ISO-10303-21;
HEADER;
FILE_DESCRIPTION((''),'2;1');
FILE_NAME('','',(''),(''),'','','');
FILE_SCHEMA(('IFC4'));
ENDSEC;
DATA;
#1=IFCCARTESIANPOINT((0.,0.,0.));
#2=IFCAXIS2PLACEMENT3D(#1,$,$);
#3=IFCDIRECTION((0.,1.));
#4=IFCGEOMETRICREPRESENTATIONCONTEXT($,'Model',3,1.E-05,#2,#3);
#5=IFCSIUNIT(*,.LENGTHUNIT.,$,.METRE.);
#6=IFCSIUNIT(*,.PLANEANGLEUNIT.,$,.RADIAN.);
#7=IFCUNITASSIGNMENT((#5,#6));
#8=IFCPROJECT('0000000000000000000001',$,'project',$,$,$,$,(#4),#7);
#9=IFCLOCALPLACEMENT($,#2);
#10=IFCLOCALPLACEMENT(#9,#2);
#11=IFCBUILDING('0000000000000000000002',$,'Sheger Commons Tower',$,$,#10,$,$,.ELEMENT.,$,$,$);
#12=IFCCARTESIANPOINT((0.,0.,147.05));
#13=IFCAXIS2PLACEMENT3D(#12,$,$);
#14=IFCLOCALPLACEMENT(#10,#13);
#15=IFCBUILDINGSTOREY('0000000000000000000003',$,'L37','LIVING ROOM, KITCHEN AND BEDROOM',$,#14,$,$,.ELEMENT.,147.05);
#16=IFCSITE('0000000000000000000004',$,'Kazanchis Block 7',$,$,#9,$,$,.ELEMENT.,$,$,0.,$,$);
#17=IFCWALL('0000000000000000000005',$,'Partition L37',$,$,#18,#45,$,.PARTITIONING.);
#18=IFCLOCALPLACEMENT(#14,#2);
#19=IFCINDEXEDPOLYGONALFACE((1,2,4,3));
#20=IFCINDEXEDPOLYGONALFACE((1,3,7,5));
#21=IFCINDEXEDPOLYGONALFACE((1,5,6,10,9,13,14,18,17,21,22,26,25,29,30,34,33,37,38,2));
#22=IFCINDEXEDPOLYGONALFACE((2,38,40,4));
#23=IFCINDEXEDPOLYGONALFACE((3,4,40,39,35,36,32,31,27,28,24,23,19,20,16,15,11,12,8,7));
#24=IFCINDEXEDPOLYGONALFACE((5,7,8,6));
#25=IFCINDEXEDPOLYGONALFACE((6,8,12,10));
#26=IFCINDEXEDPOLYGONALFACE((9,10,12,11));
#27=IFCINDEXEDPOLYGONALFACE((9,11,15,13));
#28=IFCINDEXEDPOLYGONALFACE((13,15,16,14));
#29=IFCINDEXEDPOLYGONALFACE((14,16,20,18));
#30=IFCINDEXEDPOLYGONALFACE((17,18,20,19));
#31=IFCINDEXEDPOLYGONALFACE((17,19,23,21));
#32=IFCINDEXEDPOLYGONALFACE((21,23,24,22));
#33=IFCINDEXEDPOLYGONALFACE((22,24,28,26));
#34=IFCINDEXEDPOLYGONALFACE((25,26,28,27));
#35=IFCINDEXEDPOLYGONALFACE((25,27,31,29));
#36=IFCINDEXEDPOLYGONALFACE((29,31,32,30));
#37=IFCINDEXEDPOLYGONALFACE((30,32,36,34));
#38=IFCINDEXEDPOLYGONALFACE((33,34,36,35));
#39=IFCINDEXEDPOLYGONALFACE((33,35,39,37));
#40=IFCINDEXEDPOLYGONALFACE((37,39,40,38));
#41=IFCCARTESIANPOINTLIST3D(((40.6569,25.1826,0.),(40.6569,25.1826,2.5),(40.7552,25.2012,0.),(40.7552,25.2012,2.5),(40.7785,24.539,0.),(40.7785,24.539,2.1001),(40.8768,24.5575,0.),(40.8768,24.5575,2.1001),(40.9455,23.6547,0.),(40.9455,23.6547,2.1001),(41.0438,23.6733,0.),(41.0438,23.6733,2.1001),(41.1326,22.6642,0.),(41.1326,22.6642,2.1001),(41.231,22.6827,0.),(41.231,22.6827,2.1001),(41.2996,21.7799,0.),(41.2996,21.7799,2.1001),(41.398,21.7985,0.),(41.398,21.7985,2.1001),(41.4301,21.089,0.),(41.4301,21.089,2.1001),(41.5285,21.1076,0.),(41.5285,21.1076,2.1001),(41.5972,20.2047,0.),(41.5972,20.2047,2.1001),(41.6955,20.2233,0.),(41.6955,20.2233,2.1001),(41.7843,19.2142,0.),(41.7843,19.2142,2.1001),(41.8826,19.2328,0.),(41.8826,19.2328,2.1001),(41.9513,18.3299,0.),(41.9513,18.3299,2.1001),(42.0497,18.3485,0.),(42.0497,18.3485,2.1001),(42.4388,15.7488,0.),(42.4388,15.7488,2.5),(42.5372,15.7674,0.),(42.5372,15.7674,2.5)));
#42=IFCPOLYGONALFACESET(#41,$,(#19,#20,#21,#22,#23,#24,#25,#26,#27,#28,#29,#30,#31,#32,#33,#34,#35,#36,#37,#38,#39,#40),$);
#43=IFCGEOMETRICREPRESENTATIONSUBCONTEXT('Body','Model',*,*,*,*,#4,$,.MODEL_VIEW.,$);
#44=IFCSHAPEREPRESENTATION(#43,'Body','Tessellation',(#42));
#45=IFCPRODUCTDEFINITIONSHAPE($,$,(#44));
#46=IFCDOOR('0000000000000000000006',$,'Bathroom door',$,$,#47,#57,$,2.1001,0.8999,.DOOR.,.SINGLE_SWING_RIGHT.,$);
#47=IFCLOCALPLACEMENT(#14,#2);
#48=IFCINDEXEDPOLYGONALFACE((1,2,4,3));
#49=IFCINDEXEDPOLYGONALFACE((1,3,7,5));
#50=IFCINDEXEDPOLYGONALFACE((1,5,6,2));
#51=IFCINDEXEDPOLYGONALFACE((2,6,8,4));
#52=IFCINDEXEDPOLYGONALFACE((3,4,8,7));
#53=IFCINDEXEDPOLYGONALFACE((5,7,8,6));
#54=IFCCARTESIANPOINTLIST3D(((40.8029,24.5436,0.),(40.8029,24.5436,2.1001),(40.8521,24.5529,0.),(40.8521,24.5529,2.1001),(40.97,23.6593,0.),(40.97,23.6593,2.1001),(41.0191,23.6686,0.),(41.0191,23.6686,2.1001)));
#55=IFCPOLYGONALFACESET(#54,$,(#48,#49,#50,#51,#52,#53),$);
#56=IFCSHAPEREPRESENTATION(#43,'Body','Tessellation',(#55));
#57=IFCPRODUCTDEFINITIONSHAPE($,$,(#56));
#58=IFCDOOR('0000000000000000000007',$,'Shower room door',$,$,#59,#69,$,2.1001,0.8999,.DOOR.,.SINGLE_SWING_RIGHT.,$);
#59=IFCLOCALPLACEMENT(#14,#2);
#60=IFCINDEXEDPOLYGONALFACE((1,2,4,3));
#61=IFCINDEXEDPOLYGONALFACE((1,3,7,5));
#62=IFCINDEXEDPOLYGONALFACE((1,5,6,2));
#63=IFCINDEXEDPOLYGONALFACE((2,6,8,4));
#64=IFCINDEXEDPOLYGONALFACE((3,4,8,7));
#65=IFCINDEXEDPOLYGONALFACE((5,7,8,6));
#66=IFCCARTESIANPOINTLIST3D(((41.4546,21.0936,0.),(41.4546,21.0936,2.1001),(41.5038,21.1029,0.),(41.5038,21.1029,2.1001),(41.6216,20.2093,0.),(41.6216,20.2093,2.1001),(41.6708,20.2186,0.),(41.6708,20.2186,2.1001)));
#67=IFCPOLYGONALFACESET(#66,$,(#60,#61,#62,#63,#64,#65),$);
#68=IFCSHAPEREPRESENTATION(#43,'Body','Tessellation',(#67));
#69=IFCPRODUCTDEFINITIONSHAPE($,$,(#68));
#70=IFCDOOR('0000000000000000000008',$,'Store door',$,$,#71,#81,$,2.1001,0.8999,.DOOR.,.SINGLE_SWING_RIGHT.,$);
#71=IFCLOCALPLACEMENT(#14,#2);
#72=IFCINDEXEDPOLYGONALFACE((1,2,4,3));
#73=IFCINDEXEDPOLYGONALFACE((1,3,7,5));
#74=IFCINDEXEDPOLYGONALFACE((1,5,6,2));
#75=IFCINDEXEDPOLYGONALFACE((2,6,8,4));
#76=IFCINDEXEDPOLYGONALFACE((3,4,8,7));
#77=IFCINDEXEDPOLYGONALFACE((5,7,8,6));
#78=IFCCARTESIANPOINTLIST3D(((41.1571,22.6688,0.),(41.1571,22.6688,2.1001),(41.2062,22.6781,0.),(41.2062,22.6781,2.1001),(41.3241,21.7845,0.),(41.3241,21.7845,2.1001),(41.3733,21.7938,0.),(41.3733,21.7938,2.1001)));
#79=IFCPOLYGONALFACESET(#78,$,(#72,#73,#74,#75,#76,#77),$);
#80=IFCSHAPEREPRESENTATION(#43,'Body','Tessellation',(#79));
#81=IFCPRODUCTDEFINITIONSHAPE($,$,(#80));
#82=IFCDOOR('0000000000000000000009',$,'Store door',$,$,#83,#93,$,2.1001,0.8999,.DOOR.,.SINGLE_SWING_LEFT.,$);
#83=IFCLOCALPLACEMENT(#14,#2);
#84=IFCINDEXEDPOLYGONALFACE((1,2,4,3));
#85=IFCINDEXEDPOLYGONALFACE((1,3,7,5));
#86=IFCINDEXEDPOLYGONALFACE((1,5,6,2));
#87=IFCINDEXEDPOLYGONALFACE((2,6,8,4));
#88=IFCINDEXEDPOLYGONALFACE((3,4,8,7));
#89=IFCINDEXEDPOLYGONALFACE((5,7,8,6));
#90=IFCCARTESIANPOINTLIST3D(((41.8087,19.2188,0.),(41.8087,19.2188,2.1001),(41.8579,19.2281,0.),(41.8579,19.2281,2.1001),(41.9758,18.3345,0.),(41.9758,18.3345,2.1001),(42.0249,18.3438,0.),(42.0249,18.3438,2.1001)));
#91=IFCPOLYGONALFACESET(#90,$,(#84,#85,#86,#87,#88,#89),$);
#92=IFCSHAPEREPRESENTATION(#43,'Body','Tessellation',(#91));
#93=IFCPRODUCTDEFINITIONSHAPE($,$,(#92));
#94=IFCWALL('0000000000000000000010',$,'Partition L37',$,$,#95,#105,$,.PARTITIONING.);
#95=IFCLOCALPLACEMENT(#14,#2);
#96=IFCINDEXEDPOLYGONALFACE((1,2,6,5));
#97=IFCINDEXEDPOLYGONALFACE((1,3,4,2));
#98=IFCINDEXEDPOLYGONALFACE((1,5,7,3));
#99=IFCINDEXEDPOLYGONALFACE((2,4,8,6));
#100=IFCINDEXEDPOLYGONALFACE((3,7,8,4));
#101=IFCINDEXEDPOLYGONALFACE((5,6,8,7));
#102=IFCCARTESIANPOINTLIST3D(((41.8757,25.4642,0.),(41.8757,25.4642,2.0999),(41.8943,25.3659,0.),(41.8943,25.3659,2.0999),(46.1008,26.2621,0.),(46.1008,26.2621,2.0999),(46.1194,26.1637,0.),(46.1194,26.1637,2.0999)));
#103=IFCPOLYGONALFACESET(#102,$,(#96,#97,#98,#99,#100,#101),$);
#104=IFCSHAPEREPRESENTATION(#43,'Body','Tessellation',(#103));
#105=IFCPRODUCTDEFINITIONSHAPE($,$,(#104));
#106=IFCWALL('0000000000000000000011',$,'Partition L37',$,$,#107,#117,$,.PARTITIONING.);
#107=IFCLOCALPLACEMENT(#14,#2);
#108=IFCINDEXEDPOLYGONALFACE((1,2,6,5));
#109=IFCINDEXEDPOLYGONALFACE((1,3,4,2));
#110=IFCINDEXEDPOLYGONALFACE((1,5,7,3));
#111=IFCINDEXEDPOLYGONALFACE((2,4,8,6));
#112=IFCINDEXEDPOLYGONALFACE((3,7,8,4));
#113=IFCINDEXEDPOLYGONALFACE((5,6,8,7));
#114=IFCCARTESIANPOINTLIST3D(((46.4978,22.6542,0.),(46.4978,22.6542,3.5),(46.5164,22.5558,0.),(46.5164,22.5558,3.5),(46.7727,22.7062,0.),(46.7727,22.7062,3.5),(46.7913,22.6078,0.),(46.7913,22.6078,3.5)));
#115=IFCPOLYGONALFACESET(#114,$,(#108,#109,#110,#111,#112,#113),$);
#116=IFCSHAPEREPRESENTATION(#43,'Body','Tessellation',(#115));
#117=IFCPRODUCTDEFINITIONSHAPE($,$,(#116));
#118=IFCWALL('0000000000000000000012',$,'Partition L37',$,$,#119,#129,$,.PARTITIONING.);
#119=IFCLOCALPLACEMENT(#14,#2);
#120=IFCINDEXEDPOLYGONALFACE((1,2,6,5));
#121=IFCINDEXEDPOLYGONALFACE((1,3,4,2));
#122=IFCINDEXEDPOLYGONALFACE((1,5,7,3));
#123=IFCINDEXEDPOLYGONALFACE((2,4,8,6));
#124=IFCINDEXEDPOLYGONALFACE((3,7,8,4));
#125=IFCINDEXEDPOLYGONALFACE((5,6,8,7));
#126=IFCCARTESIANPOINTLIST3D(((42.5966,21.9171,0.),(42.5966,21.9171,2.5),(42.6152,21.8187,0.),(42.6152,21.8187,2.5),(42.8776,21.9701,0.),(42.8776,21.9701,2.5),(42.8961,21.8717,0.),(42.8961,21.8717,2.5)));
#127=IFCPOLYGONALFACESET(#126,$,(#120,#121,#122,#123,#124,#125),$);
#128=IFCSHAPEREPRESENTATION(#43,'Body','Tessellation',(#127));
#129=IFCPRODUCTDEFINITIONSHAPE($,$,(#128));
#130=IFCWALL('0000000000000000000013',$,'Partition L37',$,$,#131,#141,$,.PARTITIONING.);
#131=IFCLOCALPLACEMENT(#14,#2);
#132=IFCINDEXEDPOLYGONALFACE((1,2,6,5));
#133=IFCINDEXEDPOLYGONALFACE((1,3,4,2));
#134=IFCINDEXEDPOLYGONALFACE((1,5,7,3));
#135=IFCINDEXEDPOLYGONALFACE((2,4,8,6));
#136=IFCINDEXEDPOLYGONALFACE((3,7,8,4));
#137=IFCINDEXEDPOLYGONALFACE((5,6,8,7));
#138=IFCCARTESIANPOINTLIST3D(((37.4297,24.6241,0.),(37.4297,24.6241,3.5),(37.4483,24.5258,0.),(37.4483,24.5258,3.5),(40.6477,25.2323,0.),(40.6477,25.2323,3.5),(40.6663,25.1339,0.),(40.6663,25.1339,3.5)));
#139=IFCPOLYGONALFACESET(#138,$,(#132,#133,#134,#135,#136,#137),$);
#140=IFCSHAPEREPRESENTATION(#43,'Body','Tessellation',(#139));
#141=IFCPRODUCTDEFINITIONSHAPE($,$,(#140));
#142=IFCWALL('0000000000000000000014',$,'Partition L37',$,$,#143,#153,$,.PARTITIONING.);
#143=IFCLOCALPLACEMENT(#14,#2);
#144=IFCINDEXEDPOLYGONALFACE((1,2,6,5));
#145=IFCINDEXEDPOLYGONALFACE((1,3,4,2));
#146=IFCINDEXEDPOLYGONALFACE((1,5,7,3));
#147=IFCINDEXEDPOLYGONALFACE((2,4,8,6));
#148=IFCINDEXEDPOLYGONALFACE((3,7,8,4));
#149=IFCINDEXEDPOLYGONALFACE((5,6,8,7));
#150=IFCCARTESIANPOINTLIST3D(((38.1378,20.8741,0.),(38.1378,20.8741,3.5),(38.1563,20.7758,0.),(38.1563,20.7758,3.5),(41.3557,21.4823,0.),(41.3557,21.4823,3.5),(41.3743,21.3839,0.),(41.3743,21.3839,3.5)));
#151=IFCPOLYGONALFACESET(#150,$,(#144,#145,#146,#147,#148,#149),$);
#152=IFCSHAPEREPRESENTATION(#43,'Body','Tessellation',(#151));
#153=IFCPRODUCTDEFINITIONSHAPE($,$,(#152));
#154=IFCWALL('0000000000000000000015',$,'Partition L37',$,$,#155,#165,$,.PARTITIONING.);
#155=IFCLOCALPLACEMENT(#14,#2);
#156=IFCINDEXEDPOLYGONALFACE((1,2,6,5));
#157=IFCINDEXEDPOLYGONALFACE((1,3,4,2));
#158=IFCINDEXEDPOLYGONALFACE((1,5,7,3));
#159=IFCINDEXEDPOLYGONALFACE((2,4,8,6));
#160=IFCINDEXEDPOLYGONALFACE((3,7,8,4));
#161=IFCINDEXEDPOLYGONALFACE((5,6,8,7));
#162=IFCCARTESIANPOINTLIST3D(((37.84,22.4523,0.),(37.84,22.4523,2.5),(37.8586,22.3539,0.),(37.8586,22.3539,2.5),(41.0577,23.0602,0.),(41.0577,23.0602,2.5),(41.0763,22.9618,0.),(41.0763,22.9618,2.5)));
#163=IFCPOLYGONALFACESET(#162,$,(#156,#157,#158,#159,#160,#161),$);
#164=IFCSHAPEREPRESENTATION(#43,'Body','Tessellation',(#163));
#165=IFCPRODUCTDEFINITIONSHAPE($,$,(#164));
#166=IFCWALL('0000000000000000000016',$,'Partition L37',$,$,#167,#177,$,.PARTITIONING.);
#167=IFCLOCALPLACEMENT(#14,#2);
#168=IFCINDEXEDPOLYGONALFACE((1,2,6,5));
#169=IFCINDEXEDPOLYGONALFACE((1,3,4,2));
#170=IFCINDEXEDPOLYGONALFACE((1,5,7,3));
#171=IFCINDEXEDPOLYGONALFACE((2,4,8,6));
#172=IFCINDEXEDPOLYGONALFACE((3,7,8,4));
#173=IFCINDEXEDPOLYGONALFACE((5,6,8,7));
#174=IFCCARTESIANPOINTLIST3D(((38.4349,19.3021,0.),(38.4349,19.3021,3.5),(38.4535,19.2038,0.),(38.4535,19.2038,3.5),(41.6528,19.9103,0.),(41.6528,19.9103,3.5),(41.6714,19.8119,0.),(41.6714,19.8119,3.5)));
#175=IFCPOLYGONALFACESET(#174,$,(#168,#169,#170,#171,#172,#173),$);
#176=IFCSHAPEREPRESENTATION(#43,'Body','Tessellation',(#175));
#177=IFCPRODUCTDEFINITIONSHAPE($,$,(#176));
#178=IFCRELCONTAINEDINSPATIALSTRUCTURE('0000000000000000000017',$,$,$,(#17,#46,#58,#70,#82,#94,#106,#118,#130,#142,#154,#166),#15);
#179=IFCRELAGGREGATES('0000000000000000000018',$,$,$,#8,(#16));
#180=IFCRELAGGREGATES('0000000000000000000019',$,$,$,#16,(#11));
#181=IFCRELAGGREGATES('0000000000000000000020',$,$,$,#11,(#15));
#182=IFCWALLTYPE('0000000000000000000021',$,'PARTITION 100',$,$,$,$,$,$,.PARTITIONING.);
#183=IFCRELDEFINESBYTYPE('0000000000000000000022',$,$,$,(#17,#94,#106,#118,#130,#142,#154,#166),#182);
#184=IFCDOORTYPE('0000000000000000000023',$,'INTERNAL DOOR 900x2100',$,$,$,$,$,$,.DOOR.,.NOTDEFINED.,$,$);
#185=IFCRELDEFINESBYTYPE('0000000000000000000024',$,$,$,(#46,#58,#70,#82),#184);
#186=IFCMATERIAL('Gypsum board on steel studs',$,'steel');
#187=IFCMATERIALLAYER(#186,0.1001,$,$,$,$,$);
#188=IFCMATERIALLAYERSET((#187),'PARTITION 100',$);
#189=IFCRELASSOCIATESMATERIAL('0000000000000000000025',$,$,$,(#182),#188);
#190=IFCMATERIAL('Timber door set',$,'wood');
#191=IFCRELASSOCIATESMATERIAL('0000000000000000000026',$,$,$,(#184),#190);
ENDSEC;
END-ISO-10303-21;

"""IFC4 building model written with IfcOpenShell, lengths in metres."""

from ifc_helpers import new_model, si_unit, direction, frame, frame_2d, origin, place, context, subcontext, project, spatial, rectangle, extrude, material, layer, layer_set, type_object, element, fill, save


model = new_model("IFC4")

# Units and contexts
model_context = context("Model", 3, precision=1e-05, world=origin(), true_north=direction((0.0, 1.0)))
body_context = subcontext(model_context, "Body", "Model", "MODEL_VIEW")
ifc_project = project(units=[si_unit("LENGTHUNIT", "METRE"), si_unit("PLANEANGLEUNIT", "RADIAN")], contexts=[model_context])

# Site, building, storey
site_placement = place(None, origin())
site = spatial("IfcSite", under=ifc_project, at=site_placement, Name="Kazanchis Block 7", CompositionType="ELEMENT", RefElevation=0.0)
building_placement = place(site_placement, origin())
building = spatial("IfcBuilding", under=site, at=building_placement, Name="Sheger Commons Tower", CompositionType="ELEMENT")
storey_placement = place(building_placement, frame((0.0, 0.0, 147.05)))
storey = spatial("IfcBuildingStorey", under=building, at=storey_placement, Name="L37", Description="LIVING ROOM, KITCHEN AND BEDROOM", CompositionType="ELEMENT", Elevation=147.05)

# Wall, openings, doors
ifc_material_1 = material(Name="Gypsum board on steel studs", Category="steel")
ifc_layer_1 = layer(ifc_material_1, 0.1001)
ifc_layer_set_1 = layer_set([ifc_layer_1], Name="PARTITION 100")
wall_type = type_object("IfcWallType", Name="PARTITION 100", PredefinedType="PARTITIONING", material=ifc_layer_set_1)
ifc_material_2 = material(Name="Timber door set", Category="wood")
door_type = type_object("IfcDoorType", Name="INTERNAL DOOR 900x2100", OperationType="NOTDEFINED", PredefinedType="DOOR", material=ifc_material_2)
wall_1_placement = place(storey_placement, frame((40.7061, 25.1919, 0.0), z_axis=(0.0, 0.0, 1.0), x_axis=(0.18561, -0.982623, 0.0)))
wall_1 = element("IfcWall", 1, at=wall_1_placement, inside=storey, type_object=wall_type, Name="Partition L37", PredefinedType="PARTITIONING", context=body_context, shape_type="SweptSolid", body=[
    extrude(rectangle(XDim=9.6006, YDim=0.1001, at=frame_2d((4.8003, 0.0))), origin(), (0.0, 0.0, 1.0), 2.5),
])
opening_1_placement = place(wall_1_placement, frame((0.655, 0.0, 0.0)))
opening_1 = element("IfcOpeningElement", 2, at=opening_1_placement, cuts=wall_1, PredefinedType="OPENING", context=body_context, shape_type="SweptSolid", body=[
    extrude(rectangle(XDim=0.8999, YDim=2.1001, at=frame_2d((0.45, 1.05))), frame((0.0, 0.0601, 0.0), z_axis=(0.0, -1.0, 0.0), x_axis=(1.0, 0.0, 0.0)), (0.0, 0.0, 1.0), 0.1201),
])
opening_2_placement = place(wall_1_placement, frame((4.166, 0.0, 0.0)))
opening_2 = element("IfcOpeningElement", 3, at=opening_2_placement, cuts=wall_1, PredefinedType="OPENING", context=body_context, shape_type="SweptSolid", body=[
    extrude(rectangle(XDim=0.8999, YDim=2.1001, at=frame_2d((0.45, 1.05))), frame((0.0, 0.0601, 0.0), z_axis=(0.0, -1.0, 0.0), x_axis=(1.0, 0.0, 0.0)), (0.0, 0.0, 1.0), 0.1201),
])
opening_3_placement = place(wall_1_placement, frame((2.563, 0.0, 0.0)))
opening_3 = element("IfcOpeningElement", 4, at=opening_3_placement, cuts=wall_1, PredefinedType="OPENING", context=body_context, shape_type="SweptSolid", body=[
    extrude(rectangle(XDim=0.8999, YDim=2.1001, at=frame_2d((0.45, 1.05))), frame((0.0, 0.0601, 0.0), z_axis=(0.0, -1.0, 0.0), x_axis=(1.0, 0.0, 0.0)), (0.0, 0.0, 1.0), 0.1201),
])
opening_4_placement = place(wall_1_placement, frame((6.074, 0.0, 0.0)))
opening_4 = element("IfcOpeningElement", 5, at=opening_4_placement, cuts=wall_1, PredefinedType="OPENING", context=body_context, shape_type="SweptSolid", body=[
    extrude(rectangle(XDim=0.8999, YDim=2.1001, at=frame_2d((0.45, 1.05))), frame((0.0, 0.0601, 0.0), z_axis=(0.0, -1.0, 0.0), x_axis=(1.0, 0.0, 0.0)), (0.0, 0.0, 1.0), 0.1201),
])
door_1_placement = place(opening_1_placement, origin())
door_1 = element("IfcDoor", 6, at=door_1_placement, inside=storey, type_object=door_type, Name="Bathroom door", OperationType="SINGLE_SWING_RIGHT", OverallHeight=2.1001, OverallWidth=0.8999, PredefinedType="DOOR", context=body_context, shape_type="SweptSolid", body=[
    extrude(rectangle(XDim=0.8999, YDim=2.1001, at=frame_2d((0.45, 1.05))), frame((0.0, 0.0249, 0.0), z_axis=(0.0, -1.0, 0.0), x_axis=(1.0, 0.0, 0.0)), (0.0, 0.0, 1.0), 0.05),
])
fill(opening_1, door_1)
door_2_placement = place(opening_2_placement, origin())
door_2 = element("IfcDoor", 7, at=door_2_placement, inside=storey, type_object=door_type, Name="Shower room door", OperationType="SINGLE_SWING_RIGHT", OverallHeight=2.1001, OverallWidth=0.8999, PredefinedType="DOOR", context=body_context, shape_type="SweptSolid", body=[
    extrude(rectangle(XDim=0.8999, YDim=2.1001, at=frame_2d((0.45, 1.05))), frame((0.0, 0.0249, 0.0), z_axis=(0.0, -1.0, 0.0), x_axis=(1.0, 0.0, 0.0)), (0.0, 0.0, 1.0), 0.05),
])
fill(opening_2, door_2)
door_3_placement = place(opening_3_placement, origin())
door_3 = element("IfcDoor", 8, at=door_3_placement, inside=storey, type_object=door_type, Name="Store door", OperationType="SINGLE_SWING_RIGHT", OverallHeight=2.1001, OverallWidth=0.8999, PredefinedType="DOOR", context=body_context, shape_type="SweptSolid", body=[
    extrude(rectangle(XDim=0.8999, YDim=2.1001, at=frame_2d((0.45, 1.05))), frame((0.0, 0.0249, 0.0), z_axis=(0.0, -1.0, 0.0), x_axis=(1.0, 0.0, 0.0)), (0.0, 0.0, 1.0), 0.05),
])
fill(opening_3, door_3)
door_4_placement = place(opening_4_placement, origin())
door_4 = element("IfcDoor", 9, at=door_4_placement, inside=storey, type_object=door_type, Name="Store door", OperationType="SINGLE_SWING_LEFT", OverallHeight=2.1001, OverallWidth=0.8999, PredefinedType="DOOR", context=body_context, shape_type="SweptSolid", body=[
    extrude(rectangle(XDim=0.8999, YDim=2.1001, at=frame_2d((0.45, 1.05))), frame((0.0, 0.0249, 0.0), z_axis=(0.0, -1.0, 0.0), x_axis=(1.0, 0.0, 0.0)), (0.0, 0.0, 1.0), 0.05),
])
fill(opening_4, door_4)

# Walls
wall_2_placement = place(storey_placement, frame((46.1101, 26.2129, 0.0), z_axis=(0.0, 0.0, 1.0), x_axis=(-0.982634, -0.185557, 0.0)))
element("IfcWall", 10, at=wall_2_placement, inside=storey, type_object=wall_type, Name="Partition L37", PredefinedType="PARTITIONING", context=body_context, shape_type="SweptSolid", body=[
    extrude(rectangle(XDim=4.2998, YDim=0.1001, at=frame_2d((2.1499, 0.0))), origin(), (0.0, 0.0, 1.0), 2.0999),
])
wall_3_placement = place(storey_placement, frame((46.782, 22.657, 0.0), z_axis=(0.0, 0.0, 1.0), x_axis=(-0.982575, -0.185869, 0.0)))
element("IfcWall", 11, at=wall_3_placement, inside=storey, type_object=wall_type, Name="Partition L37", PredefinedType="PARTITIONING", context=body_context, shape_type="SweptSolid", body=[
    extrude(rectangle(XDim=0.2798, YDim=0.1001, at=frame_2d((0.1399, 0.0))), origin(), (0.0, 0.0, 1.0), 3.5),
])
wall_4_placement = place(storey_placement, frame((42.887, 21.9209, 0.0), z_axis=(0.0, 0.0, 1.0), x_axis=(-0.982688, -0.185268, 0.0)))
element("IfcWall", 12, at=wall_4_placement, inside=storey, type_object=wall_type, Name="Partition L37", PredefinedType="PARTITIONING", context=body_context, shape_type="SweptSolid", body=[
    extrude(rectangle(XDim=0.2859, YDim=0.1001, at=frame_2d((0.1431, 0.0))), origin(), (0.0, 0.0, 1.0), 2.5),
])
for number, where, z_axis, x_axis, name in (
    (13, (40.657, 25.1831, 0.0), (0.0, 0.0, 1.0), (-0.982607, -0.185697, 0.0), "Partition L37"),
    (14, (41.365, 21.4331, 0.0), (0.0, 0.0, 1.0), (-0.982607, -0.185697, 0.0), "Partition L37"),
):
    element("IfcWall", number, at=place(storey_placement, frame(where, z_axis=z_axis, x_axis=x_axis)), inside=storey, type_object=wall_type, Name=name, PredefinedType="PARTITIONING", context=body_context, shape_type="SweptSolid", body=[
        extrude(rectangle(XDim=3.2749, YDim=0.1001, at=frame_2d((1.6375, 0.0))), origin(), (0.0, 0.0, 1.0), 3.5),
    ])
wall_5_placement = place(storey_placement, frame((41.0669, 23.011, 0.0), z_axis=(0.0, 0.0, 1.0), x_axis=(-0.982618, -0.185639, 0.0)))
element("IfcWall", 15, at=wall_5_placement, inside=storey, type_object=wall_type, Name="Partition L37", PredefinedType="PARTITIONING", context=body_context, shape_type="SweptSolid", body=[
    extrude(rectangle(XDim=3.2747, YDim=0.1001, at=frame_2d((1.6372, 0.0))), origin(), (0.0, 0.0, 1.0), 2.5),
])
wall_6_placement = place(storey_placement, frame((41.6621, 19.8611, 0.0), z_axis=(0.0, 0.0, 1.0), x_axis=(-0.982607, -0.185697, 0.0)))
element("IfcWall", 16, at=wall_6_placement, inside=storey, type_object=wall_type, Name="Partition L37", PredefinedType="PARTITIONING", context=body_context, shape_type="SweptSolid", body=[
    extrude(rectangle(XDim=3.2749, YDim=0.1001, at=frame_2d((1.6375, 0.0))), origin(), (0.0, 0.0, 1.0), 3.5),
])

save(model, "model.ifc")
